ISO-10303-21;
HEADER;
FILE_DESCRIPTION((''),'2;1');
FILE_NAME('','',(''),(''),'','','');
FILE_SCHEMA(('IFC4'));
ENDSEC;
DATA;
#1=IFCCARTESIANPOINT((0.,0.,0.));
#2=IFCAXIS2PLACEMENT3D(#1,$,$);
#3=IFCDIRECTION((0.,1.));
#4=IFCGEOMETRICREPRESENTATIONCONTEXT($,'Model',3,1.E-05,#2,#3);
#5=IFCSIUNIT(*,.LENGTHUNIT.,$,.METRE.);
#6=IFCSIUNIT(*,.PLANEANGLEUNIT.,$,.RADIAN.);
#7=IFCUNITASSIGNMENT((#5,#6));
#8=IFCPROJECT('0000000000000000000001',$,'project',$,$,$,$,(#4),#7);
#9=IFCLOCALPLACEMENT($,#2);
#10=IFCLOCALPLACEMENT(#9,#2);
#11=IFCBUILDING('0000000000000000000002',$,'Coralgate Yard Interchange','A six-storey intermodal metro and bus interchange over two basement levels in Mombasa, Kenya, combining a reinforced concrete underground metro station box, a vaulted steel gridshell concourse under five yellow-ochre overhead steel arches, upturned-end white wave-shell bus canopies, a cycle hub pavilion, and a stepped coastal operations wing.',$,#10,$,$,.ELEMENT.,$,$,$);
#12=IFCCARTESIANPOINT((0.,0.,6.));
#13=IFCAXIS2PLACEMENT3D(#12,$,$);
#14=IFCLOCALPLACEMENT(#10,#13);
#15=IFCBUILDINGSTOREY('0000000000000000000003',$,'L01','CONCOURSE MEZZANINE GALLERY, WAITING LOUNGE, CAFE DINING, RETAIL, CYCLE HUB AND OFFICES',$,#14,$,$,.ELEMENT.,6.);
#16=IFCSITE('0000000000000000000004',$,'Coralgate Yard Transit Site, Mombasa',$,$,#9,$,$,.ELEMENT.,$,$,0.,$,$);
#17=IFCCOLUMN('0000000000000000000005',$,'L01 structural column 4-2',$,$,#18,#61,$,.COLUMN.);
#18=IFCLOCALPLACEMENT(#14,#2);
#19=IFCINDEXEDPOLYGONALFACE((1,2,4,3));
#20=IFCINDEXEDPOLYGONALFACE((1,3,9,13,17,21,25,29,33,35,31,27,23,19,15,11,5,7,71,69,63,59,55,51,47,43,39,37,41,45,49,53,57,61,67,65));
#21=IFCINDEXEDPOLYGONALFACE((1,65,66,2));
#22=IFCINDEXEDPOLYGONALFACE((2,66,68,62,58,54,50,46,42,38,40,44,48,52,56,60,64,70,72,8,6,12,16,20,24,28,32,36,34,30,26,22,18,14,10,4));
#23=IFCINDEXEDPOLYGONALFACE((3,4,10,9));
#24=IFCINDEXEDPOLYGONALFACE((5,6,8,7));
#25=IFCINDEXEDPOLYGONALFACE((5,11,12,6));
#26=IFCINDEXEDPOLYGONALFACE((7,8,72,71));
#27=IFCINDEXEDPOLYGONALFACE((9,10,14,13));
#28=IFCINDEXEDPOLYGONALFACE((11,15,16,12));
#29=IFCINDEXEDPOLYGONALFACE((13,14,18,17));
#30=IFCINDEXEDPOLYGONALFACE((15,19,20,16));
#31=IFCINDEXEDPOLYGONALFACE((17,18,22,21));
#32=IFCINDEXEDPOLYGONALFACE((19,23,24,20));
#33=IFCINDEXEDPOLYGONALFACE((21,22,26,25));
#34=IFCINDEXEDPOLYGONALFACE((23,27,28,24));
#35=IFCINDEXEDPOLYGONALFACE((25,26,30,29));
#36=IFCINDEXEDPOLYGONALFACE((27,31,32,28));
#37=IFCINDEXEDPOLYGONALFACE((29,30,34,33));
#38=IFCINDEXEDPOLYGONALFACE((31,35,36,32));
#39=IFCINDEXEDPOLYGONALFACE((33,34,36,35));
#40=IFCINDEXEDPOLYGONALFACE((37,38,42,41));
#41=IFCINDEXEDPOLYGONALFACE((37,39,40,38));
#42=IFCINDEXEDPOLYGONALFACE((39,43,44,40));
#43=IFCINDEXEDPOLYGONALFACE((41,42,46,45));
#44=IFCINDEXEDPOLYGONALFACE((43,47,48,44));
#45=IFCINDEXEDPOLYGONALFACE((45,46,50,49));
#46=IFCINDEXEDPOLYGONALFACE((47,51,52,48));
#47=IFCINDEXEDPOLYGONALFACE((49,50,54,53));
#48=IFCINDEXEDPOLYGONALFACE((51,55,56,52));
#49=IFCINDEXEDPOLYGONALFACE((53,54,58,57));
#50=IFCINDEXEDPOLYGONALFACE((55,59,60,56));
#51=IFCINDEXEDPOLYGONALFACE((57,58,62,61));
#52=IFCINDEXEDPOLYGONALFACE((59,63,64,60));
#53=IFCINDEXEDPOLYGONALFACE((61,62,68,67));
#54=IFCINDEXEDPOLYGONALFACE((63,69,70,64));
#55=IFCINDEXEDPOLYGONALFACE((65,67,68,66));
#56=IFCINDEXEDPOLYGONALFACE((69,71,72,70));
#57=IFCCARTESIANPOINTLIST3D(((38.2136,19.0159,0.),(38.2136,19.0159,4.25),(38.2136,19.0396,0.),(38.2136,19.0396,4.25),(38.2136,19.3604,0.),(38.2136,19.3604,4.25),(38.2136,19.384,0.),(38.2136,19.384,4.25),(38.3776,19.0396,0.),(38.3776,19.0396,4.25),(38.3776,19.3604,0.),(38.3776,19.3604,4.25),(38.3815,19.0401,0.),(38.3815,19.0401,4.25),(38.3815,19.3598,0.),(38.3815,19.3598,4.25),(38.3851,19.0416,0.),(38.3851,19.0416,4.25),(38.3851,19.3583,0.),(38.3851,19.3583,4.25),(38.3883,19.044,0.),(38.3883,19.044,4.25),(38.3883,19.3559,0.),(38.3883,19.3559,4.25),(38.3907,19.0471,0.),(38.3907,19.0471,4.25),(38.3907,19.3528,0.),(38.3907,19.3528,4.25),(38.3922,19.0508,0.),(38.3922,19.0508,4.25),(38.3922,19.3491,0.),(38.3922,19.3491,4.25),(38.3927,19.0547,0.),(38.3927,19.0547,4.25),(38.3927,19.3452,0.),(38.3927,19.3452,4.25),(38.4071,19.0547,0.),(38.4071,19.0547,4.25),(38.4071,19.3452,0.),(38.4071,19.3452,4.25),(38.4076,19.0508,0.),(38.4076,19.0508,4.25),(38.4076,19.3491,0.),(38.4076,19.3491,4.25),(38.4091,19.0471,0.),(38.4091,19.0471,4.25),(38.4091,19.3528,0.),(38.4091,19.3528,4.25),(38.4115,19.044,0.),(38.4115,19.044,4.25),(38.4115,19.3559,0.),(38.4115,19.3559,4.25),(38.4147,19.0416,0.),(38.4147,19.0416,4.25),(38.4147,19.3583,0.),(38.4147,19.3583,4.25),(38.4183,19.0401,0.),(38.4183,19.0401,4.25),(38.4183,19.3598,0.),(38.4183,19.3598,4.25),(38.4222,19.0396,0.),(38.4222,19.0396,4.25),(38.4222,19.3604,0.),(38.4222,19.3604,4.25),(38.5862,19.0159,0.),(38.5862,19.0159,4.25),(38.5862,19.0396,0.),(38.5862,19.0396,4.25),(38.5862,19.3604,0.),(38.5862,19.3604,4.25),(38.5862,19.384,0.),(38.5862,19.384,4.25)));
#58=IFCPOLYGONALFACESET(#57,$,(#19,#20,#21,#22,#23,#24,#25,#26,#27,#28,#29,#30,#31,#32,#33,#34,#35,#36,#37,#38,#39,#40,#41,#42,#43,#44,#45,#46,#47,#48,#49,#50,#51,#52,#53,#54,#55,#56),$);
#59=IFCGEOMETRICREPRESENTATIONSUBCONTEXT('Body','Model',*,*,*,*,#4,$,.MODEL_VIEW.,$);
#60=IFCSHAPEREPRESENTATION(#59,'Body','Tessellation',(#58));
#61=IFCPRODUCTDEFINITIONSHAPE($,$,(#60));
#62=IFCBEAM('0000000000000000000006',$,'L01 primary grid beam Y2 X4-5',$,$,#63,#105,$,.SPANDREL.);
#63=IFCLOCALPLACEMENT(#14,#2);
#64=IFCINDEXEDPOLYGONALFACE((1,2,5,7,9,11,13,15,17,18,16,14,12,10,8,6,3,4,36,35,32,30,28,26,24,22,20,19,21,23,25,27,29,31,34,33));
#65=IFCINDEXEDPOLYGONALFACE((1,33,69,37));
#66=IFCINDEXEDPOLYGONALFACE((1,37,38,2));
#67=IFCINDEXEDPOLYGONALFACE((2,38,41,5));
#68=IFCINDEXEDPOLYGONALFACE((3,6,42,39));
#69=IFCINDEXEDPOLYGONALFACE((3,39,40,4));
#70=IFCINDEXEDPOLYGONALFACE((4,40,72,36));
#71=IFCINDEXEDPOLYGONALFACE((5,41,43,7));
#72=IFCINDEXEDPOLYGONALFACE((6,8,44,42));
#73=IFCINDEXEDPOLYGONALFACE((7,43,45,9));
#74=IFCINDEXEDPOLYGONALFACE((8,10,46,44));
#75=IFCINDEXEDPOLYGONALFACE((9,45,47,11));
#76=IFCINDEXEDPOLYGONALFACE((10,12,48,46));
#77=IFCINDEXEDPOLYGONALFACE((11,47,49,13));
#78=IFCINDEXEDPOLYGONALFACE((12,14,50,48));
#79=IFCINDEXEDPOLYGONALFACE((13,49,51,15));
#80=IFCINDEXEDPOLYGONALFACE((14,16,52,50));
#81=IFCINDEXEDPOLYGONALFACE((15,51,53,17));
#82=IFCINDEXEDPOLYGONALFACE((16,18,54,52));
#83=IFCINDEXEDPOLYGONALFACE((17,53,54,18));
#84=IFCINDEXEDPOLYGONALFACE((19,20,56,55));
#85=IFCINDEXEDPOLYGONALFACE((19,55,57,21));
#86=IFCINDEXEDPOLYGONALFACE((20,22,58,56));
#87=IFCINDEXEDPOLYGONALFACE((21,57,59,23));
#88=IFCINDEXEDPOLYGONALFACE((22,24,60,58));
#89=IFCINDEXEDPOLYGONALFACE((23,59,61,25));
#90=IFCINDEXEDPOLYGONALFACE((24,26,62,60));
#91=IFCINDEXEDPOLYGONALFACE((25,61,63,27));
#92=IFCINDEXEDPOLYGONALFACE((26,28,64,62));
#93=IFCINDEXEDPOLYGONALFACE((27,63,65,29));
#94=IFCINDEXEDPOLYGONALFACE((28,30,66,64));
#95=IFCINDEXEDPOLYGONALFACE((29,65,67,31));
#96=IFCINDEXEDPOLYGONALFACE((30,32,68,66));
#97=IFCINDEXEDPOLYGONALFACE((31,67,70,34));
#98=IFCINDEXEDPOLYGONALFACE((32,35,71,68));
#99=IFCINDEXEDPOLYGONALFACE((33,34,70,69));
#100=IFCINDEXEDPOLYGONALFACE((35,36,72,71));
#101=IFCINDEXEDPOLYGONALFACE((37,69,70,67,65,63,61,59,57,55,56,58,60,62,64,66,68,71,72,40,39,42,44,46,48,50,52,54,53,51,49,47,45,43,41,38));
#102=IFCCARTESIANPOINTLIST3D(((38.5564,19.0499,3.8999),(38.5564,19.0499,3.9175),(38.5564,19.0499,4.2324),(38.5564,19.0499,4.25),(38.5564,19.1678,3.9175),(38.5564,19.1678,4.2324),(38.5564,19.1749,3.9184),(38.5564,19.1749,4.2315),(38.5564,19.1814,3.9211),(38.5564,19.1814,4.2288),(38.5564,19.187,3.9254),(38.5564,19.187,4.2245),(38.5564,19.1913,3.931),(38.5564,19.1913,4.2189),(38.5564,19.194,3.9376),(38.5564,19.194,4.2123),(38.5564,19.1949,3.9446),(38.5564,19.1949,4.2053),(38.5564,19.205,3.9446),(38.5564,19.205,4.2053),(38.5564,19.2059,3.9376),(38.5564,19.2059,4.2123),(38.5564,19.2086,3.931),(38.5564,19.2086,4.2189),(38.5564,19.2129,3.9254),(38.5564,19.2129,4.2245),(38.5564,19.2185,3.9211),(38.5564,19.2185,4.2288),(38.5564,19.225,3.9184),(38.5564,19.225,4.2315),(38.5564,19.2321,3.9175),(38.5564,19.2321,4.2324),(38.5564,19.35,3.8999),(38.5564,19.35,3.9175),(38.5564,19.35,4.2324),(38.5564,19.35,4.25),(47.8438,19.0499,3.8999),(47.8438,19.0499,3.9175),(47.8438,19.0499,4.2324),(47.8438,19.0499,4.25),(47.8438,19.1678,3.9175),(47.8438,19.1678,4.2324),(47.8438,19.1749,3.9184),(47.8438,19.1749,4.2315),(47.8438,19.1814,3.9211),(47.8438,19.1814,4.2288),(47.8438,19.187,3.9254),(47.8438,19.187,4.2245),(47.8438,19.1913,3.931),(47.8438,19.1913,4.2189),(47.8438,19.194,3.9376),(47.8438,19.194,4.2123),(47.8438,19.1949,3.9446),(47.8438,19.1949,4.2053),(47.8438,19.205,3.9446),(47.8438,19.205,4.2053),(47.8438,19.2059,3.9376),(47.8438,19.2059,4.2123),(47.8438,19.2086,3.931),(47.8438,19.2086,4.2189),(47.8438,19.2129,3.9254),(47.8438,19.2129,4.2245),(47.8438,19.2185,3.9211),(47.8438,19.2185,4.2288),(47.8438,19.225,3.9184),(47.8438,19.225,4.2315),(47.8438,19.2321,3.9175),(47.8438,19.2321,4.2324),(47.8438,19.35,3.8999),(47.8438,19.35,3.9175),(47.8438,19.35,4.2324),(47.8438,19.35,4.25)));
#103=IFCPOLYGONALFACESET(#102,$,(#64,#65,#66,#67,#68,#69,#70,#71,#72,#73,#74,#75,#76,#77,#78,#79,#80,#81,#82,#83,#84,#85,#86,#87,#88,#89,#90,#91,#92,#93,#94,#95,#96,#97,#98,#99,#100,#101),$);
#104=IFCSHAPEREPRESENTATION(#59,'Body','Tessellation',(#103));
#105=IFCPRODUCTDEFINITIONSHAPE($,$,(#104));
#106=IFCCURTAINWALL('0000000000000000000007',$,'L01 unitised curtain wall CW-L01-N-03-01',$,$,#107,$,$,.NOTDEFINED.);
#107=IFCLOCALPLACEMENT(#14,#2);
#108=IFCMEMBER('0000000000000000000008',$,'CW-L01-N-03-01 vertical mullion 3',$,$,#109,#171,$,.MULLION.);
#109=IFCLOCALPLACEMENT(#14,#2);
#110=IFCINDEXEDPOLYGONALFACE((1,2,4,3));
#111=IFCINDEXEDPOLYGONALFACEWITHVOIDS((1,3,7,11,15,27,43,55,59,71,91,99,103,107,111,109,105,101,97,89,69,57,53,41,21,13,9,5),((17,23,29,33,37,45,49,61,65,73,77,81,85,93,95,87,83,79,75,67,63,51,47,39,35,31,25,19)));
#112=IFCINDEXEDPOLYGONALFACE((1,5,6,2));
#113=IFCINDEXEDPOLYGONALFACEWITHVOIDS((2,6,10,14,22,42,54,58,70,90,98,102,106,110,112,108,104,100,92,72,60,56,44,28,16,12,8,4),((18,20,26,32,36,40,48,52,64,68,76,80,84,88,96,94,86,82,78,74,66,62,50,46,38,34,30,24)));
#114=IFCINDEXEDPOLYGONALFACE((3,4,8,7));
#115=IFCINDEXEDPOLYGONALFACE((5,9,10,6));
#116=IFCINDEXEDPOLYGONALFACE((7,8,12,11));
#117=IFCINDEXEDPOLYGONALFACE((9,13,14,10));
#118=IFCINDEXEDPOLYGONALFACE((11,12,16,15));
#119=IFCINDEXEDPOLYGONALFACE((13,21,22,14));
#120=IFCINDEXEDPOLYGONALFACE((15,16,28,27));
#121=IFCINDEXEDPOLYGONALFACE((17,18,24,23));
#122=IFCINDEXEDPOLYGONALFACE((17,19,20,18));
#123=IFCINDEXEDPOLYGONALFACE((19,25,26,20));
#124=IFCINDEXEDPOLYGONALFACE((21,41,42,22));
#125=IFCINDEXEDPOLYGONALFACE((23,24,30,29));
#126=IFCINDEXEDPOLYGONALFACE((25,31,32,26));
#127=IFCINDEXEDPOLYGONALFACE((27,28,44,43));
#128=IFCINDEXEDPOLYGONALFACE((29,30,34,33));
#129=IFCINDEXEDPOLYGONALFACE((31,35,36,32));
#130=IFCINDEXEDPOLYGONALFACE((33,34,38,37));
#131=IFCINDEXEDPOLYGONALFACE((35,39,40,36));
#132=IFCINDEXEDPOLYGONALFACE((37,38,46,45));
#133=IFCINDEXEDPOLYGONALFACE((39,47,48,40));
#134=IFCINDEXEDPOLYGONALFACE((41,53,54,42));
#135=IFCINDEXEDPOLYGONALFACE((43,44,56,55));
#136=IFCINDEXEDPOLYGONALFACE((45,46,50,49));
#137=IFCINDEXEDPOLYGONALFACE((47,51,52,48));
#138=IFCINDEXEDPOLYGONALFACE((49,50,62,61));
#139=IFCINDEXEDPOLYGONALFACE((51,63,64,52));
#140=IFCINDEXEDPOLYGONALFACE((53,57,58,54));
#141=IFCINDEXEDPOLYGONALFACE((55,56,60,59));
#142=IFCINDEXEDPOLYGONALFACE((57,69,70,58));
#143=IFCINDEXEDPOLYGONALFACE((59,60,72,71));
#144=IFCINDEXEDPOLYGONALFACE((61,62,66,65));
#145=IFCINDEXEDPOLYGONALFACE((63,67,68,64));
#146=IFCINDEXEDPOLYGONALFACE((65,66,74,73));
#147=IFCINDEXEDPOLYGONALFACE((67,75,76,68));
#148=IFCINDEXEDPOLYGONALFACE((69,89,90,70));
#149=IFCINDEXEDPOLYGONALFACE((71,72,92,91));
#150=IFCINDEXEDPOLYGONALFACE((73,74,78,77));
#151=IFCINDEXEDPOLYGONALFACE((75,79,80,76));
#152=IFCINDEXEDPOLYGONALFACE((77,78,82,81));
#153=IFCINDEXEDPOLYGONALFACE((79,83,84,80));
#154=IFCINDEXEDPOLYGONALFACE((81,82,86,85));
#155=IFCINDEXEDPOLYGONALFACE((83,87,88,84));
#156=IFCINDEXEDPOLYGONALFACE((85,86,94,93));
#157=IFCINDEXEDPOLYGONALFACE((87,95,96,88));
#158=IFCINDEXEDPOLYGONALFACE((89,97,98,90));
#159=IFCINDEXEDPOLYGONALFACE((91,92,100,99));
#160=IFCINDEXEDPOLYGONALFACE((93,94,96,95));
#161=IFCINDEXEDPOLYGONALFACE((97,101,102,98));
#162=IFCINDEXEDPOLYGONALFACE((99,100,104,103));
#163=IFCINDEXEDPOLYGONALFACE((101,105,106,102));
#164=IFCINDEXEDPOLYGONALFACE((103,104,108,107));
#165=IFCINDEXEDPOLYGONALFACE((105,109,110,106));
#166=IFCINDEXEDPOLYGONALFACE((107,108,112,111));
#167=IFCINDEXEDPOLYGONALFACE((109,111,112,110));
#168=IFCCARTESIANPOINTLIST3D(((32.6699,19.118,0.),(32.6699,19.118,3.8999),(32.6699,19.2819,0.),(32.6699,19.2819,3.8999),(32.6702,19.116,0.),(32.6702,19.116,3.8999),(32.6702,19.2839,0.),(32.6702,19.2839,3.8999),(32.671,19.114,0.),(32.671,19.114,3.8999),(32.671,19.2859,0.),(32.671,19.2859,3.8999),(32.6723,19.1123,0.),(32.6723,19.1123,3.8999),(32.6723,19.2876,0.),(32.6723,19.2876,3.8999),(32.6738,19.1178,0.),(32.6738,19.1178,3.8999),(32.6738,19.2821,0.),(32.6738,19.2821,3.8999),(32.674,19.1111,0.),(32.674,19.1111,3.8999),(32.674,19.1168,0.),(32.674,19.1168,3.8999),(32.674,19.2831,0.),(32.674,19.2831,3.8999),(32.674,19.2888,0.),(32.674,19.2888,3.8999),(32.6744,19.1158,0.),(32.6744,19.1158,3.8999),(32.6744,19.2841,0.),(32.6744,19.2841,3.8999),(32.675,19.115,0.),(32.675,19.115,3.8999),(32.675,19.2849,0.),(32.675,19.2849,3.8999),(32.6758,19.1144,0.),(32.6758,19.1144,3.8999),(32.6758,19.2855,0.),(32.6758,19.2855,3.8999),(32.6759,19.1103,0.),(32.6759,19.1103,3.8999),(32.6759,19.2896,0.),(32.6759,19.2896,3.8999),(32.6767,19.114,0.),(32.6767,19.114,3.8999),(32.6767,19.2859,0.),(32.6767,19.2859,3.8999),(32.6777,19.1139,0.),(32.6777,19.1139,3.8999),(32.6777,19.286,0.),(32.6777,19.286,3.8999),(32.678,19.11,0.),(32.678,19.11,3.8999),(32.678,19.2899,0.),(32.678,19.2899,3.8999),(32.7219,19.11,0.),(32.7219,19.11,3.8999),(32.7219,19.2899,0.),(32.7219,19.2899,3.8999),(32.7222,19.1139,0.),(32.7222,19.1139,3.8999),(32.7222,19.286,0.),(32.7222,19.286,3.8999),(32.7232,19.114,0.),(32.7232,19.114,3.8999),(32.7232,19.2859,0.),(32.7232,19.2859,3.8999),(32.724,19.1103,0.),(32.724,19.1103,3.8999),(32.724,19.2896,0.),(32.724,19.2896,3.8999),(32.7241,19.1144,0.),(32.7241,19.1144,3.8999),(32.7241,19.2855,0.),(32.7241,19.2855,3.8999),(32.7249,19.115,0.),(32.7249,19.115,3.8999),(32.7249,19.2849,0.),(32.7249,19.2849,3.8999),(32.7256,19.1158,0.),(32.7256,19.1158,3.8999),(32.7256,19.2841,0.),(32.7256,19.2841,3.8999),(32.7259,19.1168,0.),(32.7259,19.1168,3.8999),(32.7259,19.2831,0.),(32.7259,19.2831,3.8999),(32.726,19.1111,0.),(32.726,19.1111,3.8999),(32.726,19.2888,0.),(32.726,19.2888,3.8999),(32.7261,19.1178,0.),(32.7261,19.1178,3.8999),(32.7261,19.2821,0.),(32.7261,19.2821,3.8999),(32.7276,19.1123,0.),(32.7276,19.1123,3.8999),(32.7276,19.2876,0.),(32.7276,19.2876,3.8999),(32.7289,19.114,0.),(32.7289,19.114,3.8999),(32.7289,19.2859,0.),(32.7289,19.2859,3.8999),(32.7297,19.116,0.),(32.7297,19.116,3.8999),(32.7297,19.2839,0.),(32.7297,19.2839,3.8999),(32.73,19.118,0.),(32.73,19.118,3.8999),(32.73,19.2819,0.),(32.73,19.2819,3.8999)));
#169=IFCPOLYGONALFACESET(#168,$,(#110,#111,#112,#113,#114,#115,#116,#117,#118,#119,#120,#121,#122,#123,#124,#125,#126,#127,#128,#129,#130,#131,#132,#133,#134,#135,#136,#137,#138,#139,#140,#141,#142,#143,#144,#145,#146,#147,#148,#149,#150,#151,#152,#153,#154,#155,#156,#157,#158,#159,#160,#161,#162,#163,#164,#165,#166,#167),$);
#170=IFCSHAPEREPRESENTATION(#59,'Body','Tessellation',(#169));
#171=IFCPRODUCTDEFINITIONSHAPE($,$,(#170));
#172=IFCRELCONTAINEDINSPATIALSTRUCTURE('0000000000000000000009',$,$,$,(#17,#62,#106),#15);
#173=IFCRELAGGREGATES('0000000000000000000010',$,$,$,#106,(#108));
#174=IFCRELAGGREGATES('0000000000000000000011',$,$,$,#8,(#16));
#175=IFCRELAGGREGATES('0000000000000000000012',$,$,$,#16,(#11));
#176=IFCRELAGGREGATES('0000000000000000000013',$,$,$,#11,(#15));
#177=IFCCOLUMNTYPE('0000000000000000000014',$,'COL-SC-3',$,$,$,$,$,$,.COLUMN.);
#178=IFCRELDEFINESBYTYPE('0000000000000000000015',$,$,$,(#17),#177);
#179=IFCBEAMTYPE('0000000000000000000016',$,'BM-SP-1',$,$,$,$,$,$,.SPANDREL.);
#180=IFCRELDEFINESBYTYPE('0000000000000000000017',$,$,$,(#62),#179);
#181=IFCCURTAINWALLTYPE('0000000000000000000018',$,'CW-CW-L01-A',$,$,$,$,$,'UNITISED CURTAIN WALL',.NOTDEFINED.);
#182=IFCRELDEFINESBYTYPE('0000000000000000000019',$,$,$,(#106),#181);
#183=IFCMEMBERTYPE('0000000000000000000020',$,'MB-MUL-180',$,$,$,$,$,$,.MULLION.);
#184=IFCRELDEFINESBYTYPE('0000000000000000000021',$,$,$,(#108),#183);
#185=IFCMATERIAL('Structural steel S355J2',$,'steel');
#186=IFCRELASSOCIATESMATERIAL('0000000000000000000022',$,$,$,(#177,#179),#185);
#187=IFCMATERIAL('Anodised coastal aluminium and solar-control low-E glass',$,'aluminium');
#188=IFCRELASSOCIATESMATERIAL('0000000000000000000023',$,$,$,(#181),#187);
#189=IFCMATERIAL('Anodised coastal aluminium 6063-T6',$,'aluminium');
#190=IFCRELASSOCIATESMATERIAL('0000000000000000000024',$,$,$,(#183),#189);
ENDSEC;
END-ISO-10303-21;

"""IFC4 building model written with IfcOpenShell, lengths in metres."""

from ifc_helpers import new_model, si_unit, direction, frame, origin, origin_2d, place, context, subcontext, project, spatial, hollow_rectangle, i_section, extrude, material, material_profile, profile_set, type_object, element, aggregate, save


model = new_model("IFC4")

# Units and contexts
model_context = context("Model", 3, precision=1e-05, world=origin(), true_north=direction((0.0, 1.0)))
body_context = subcontext(model_context, "Body", "Model", "MODEL_VIEW")
ifc_project = project(units=[si_unit("LENGTHUNIT", "METRE"), si_unit("PLANEANGLEUNIT", "RADIAN")], contexts=[model_context])

# Site, building, storey
site_placement = place(None, origin())
site = spatial("IfcSite", under=ifc_project, at=site_placement, Name="Coralgate Yard Transit Site, Mombasa", CompositionType="ELEMENT", RefElevation=0.0)
building_placement = place(site_placement, origin())
building = spatial("IfcBuilding", under=site, at=building_placement, Name="Coralgate Yard Interchange", Description="A six-storey intermodal metro and bus interchange over two basement levels in Mombasa, Kenya, combining a reinforced concrete underground metro station box, a vaulted steel gridshell concourse under five yellow-ochre overhead steel arches, upturned-end white wave-shell bus canopies, a cycle hub pavilion, and a stepped coastal operations wing.", CompositionType="ELEMENT")
storey_placement = place(building_placement, frame((0.0, 0.0, 6.0)))
storey = spatial("IfcBuildingStorey", under=building, at=storey_placement, Name="L01", Description="CONCOURSE MEZZANINE GALLERY, WAITING LOUNGE, CAFE DINING, RETAIL, CYCLE HUB AND OFFICES", CompositionType="ELEMENT", Elevation=6.0)

# Column
ifc_material_1 = material(Name="Structural steel S355J2", Category="steel")
ifc_material_profile_1 = material_profile(ifc_material_1, i_section(OverallWidth=0.3726, OverallDepth=0.3682, WebThickness=0.0144, FlangeThickness=0.0237, FilletRadius=0.0151, at=origin_2d()), Name="UC 356x368x177")
ifc_profile_set_1 = profile_set([ifc_material_profile_1], Name="Structural steel S355J2")
column_type = type_object("IfcColumnType", Name="COL-SC-3", PredefinedType="COLUMN", material=ifc_profile_set_1)
column_placement = place(storey_placement, frame((38.3999, 19.2, 0.0), z_axis=(0.0, 0.0, 1.0), x_axis=(1.0, 0.0, 0.0)))
element("IfcColumn", 1, at=column_placement, inside=storey, type_object=column_type, Name="L01 structural column 4-2", PredefinedType="COLUMN", context=body_context, shape_type="SweptSolid", body=[
    extrude(i_section(OverallWidth=0.3726, OverallDepth=0.3682, WebThickness=0.0144, FlangeThickness=0.0237, FilletRadius=0.0151, at=origin_2d()), origin(), (0.0, 0.0, 1.0), 4.25),
])

# Beam
ifc_material_profile_2 = material_profile(ifc_material_1, i_section(OverallWidth=0.3, OverallDepth=0.3501, WebThickness=0.01, FlangeThickness=0.0176, FilletRadius=0.0271, at=origin_2d()), Name="HEA 360")
ifc_profile_set_2 = profile_set([ifc_material_profile_2], Name="Structural steel S355J2")
beam_type = type_object("IfcBeamType", Name="BM-SP-1", PredefinedType="SPANDREL", material=ifc_profile_set_2)
beam_placement = place(storey_placement, frame((38.5564, 19.2, 4.075), z_axis=(1.0, 0.0, 0.0), x_axis=(0.0, 1.0, 0.0)))
element("IfcBeam", 2, at=beam_placement, inside=storey, type_object=beam_type, Name="L01 primary grid beam Y2 X4-5", PredefinedType="SPANDREL", context=body_context, shape_type="SweptSolid", body=[
    extrude(i_section(OverallWidth=0.3, OverallDepth=0.3501, WebThickness=0.01, FlangeThickness=0.0176, FilletRadius=0.0271, at=origin_2d()), origin(), (0.0, 0.0, 1.0), 9.2874),
])

# Curtain wall, member
ifc_material_2 = material(Name="Anodised coastal aluminium and solar-control low-E glass", Category="aluminium")
curtain_wall_type = type_object("IfcCurtainWallType", Name="CW-CW-L01-A", ElementType="UNITISED CURTAIN WALL", PredefinedType="NOTDEFINED", material=ifc_material_2)
curtain_wall_1_placement = place(storey_placement, origin())
curtain_wall_1 = element("IfcCurtainWall", 3, at=curtain_wall_1_placement, inside=storey, type_object=curtain_wall_type, Name="L01 unitised curtain wall CW-L01-N-03-01", PredefinedType="NOTDEFINED")
ifc_material_3 = material(Name="Anodised coastal aluminium 6063-T6", Category="aluminium")
ifc_material_profile_3 = material_profile(ifc_material_3, hollow_rectangle(XDim=0.0601, YDim=0.1799, WallThickness=0.0039, InnerFilletRadius=0.0039, OuterFilletRadius=0.0081, at=origin_2d()), Name="ALU 60x180x4")
ifc_profile_set_3 = profile_set([ifc_material_profile_3], Name="Anodised coastal aluminium 6063-T6")
member_type_1 = type_object("IfcMemberType", Name="MB-MUL-180", PredefinedType="MULLION", material=ifc_profile_set_3)
member_1_placement = place(storey_placement, frame((32.7, 19.2, 0.0), z_axis=(0.0, 0.0, 1.0), x_axis=(1.0, 0.0, 0.0)))
member_1 = element("IfcMember", 4, at=member_1_placement, type_object=member_type_1, Name="CW-L01-N-03-01 vertical mullion 3", PredefinedType="MULLION", context=body_context, shape_type="SweptSolid", body=[
    extrude(hollow_rectangle(XDim=0.0601, YDim=0.1799, WallThickness=0.0039, InnerFilletRadius=0.0039, OuterFilletRadius=0.0081, at=origin_2d()), origin(), (0.0, 0.0, 1.0), 3.8999),
])

aggregate(curtain_wall_1, [member_1])

save(model, "model.ifc")
